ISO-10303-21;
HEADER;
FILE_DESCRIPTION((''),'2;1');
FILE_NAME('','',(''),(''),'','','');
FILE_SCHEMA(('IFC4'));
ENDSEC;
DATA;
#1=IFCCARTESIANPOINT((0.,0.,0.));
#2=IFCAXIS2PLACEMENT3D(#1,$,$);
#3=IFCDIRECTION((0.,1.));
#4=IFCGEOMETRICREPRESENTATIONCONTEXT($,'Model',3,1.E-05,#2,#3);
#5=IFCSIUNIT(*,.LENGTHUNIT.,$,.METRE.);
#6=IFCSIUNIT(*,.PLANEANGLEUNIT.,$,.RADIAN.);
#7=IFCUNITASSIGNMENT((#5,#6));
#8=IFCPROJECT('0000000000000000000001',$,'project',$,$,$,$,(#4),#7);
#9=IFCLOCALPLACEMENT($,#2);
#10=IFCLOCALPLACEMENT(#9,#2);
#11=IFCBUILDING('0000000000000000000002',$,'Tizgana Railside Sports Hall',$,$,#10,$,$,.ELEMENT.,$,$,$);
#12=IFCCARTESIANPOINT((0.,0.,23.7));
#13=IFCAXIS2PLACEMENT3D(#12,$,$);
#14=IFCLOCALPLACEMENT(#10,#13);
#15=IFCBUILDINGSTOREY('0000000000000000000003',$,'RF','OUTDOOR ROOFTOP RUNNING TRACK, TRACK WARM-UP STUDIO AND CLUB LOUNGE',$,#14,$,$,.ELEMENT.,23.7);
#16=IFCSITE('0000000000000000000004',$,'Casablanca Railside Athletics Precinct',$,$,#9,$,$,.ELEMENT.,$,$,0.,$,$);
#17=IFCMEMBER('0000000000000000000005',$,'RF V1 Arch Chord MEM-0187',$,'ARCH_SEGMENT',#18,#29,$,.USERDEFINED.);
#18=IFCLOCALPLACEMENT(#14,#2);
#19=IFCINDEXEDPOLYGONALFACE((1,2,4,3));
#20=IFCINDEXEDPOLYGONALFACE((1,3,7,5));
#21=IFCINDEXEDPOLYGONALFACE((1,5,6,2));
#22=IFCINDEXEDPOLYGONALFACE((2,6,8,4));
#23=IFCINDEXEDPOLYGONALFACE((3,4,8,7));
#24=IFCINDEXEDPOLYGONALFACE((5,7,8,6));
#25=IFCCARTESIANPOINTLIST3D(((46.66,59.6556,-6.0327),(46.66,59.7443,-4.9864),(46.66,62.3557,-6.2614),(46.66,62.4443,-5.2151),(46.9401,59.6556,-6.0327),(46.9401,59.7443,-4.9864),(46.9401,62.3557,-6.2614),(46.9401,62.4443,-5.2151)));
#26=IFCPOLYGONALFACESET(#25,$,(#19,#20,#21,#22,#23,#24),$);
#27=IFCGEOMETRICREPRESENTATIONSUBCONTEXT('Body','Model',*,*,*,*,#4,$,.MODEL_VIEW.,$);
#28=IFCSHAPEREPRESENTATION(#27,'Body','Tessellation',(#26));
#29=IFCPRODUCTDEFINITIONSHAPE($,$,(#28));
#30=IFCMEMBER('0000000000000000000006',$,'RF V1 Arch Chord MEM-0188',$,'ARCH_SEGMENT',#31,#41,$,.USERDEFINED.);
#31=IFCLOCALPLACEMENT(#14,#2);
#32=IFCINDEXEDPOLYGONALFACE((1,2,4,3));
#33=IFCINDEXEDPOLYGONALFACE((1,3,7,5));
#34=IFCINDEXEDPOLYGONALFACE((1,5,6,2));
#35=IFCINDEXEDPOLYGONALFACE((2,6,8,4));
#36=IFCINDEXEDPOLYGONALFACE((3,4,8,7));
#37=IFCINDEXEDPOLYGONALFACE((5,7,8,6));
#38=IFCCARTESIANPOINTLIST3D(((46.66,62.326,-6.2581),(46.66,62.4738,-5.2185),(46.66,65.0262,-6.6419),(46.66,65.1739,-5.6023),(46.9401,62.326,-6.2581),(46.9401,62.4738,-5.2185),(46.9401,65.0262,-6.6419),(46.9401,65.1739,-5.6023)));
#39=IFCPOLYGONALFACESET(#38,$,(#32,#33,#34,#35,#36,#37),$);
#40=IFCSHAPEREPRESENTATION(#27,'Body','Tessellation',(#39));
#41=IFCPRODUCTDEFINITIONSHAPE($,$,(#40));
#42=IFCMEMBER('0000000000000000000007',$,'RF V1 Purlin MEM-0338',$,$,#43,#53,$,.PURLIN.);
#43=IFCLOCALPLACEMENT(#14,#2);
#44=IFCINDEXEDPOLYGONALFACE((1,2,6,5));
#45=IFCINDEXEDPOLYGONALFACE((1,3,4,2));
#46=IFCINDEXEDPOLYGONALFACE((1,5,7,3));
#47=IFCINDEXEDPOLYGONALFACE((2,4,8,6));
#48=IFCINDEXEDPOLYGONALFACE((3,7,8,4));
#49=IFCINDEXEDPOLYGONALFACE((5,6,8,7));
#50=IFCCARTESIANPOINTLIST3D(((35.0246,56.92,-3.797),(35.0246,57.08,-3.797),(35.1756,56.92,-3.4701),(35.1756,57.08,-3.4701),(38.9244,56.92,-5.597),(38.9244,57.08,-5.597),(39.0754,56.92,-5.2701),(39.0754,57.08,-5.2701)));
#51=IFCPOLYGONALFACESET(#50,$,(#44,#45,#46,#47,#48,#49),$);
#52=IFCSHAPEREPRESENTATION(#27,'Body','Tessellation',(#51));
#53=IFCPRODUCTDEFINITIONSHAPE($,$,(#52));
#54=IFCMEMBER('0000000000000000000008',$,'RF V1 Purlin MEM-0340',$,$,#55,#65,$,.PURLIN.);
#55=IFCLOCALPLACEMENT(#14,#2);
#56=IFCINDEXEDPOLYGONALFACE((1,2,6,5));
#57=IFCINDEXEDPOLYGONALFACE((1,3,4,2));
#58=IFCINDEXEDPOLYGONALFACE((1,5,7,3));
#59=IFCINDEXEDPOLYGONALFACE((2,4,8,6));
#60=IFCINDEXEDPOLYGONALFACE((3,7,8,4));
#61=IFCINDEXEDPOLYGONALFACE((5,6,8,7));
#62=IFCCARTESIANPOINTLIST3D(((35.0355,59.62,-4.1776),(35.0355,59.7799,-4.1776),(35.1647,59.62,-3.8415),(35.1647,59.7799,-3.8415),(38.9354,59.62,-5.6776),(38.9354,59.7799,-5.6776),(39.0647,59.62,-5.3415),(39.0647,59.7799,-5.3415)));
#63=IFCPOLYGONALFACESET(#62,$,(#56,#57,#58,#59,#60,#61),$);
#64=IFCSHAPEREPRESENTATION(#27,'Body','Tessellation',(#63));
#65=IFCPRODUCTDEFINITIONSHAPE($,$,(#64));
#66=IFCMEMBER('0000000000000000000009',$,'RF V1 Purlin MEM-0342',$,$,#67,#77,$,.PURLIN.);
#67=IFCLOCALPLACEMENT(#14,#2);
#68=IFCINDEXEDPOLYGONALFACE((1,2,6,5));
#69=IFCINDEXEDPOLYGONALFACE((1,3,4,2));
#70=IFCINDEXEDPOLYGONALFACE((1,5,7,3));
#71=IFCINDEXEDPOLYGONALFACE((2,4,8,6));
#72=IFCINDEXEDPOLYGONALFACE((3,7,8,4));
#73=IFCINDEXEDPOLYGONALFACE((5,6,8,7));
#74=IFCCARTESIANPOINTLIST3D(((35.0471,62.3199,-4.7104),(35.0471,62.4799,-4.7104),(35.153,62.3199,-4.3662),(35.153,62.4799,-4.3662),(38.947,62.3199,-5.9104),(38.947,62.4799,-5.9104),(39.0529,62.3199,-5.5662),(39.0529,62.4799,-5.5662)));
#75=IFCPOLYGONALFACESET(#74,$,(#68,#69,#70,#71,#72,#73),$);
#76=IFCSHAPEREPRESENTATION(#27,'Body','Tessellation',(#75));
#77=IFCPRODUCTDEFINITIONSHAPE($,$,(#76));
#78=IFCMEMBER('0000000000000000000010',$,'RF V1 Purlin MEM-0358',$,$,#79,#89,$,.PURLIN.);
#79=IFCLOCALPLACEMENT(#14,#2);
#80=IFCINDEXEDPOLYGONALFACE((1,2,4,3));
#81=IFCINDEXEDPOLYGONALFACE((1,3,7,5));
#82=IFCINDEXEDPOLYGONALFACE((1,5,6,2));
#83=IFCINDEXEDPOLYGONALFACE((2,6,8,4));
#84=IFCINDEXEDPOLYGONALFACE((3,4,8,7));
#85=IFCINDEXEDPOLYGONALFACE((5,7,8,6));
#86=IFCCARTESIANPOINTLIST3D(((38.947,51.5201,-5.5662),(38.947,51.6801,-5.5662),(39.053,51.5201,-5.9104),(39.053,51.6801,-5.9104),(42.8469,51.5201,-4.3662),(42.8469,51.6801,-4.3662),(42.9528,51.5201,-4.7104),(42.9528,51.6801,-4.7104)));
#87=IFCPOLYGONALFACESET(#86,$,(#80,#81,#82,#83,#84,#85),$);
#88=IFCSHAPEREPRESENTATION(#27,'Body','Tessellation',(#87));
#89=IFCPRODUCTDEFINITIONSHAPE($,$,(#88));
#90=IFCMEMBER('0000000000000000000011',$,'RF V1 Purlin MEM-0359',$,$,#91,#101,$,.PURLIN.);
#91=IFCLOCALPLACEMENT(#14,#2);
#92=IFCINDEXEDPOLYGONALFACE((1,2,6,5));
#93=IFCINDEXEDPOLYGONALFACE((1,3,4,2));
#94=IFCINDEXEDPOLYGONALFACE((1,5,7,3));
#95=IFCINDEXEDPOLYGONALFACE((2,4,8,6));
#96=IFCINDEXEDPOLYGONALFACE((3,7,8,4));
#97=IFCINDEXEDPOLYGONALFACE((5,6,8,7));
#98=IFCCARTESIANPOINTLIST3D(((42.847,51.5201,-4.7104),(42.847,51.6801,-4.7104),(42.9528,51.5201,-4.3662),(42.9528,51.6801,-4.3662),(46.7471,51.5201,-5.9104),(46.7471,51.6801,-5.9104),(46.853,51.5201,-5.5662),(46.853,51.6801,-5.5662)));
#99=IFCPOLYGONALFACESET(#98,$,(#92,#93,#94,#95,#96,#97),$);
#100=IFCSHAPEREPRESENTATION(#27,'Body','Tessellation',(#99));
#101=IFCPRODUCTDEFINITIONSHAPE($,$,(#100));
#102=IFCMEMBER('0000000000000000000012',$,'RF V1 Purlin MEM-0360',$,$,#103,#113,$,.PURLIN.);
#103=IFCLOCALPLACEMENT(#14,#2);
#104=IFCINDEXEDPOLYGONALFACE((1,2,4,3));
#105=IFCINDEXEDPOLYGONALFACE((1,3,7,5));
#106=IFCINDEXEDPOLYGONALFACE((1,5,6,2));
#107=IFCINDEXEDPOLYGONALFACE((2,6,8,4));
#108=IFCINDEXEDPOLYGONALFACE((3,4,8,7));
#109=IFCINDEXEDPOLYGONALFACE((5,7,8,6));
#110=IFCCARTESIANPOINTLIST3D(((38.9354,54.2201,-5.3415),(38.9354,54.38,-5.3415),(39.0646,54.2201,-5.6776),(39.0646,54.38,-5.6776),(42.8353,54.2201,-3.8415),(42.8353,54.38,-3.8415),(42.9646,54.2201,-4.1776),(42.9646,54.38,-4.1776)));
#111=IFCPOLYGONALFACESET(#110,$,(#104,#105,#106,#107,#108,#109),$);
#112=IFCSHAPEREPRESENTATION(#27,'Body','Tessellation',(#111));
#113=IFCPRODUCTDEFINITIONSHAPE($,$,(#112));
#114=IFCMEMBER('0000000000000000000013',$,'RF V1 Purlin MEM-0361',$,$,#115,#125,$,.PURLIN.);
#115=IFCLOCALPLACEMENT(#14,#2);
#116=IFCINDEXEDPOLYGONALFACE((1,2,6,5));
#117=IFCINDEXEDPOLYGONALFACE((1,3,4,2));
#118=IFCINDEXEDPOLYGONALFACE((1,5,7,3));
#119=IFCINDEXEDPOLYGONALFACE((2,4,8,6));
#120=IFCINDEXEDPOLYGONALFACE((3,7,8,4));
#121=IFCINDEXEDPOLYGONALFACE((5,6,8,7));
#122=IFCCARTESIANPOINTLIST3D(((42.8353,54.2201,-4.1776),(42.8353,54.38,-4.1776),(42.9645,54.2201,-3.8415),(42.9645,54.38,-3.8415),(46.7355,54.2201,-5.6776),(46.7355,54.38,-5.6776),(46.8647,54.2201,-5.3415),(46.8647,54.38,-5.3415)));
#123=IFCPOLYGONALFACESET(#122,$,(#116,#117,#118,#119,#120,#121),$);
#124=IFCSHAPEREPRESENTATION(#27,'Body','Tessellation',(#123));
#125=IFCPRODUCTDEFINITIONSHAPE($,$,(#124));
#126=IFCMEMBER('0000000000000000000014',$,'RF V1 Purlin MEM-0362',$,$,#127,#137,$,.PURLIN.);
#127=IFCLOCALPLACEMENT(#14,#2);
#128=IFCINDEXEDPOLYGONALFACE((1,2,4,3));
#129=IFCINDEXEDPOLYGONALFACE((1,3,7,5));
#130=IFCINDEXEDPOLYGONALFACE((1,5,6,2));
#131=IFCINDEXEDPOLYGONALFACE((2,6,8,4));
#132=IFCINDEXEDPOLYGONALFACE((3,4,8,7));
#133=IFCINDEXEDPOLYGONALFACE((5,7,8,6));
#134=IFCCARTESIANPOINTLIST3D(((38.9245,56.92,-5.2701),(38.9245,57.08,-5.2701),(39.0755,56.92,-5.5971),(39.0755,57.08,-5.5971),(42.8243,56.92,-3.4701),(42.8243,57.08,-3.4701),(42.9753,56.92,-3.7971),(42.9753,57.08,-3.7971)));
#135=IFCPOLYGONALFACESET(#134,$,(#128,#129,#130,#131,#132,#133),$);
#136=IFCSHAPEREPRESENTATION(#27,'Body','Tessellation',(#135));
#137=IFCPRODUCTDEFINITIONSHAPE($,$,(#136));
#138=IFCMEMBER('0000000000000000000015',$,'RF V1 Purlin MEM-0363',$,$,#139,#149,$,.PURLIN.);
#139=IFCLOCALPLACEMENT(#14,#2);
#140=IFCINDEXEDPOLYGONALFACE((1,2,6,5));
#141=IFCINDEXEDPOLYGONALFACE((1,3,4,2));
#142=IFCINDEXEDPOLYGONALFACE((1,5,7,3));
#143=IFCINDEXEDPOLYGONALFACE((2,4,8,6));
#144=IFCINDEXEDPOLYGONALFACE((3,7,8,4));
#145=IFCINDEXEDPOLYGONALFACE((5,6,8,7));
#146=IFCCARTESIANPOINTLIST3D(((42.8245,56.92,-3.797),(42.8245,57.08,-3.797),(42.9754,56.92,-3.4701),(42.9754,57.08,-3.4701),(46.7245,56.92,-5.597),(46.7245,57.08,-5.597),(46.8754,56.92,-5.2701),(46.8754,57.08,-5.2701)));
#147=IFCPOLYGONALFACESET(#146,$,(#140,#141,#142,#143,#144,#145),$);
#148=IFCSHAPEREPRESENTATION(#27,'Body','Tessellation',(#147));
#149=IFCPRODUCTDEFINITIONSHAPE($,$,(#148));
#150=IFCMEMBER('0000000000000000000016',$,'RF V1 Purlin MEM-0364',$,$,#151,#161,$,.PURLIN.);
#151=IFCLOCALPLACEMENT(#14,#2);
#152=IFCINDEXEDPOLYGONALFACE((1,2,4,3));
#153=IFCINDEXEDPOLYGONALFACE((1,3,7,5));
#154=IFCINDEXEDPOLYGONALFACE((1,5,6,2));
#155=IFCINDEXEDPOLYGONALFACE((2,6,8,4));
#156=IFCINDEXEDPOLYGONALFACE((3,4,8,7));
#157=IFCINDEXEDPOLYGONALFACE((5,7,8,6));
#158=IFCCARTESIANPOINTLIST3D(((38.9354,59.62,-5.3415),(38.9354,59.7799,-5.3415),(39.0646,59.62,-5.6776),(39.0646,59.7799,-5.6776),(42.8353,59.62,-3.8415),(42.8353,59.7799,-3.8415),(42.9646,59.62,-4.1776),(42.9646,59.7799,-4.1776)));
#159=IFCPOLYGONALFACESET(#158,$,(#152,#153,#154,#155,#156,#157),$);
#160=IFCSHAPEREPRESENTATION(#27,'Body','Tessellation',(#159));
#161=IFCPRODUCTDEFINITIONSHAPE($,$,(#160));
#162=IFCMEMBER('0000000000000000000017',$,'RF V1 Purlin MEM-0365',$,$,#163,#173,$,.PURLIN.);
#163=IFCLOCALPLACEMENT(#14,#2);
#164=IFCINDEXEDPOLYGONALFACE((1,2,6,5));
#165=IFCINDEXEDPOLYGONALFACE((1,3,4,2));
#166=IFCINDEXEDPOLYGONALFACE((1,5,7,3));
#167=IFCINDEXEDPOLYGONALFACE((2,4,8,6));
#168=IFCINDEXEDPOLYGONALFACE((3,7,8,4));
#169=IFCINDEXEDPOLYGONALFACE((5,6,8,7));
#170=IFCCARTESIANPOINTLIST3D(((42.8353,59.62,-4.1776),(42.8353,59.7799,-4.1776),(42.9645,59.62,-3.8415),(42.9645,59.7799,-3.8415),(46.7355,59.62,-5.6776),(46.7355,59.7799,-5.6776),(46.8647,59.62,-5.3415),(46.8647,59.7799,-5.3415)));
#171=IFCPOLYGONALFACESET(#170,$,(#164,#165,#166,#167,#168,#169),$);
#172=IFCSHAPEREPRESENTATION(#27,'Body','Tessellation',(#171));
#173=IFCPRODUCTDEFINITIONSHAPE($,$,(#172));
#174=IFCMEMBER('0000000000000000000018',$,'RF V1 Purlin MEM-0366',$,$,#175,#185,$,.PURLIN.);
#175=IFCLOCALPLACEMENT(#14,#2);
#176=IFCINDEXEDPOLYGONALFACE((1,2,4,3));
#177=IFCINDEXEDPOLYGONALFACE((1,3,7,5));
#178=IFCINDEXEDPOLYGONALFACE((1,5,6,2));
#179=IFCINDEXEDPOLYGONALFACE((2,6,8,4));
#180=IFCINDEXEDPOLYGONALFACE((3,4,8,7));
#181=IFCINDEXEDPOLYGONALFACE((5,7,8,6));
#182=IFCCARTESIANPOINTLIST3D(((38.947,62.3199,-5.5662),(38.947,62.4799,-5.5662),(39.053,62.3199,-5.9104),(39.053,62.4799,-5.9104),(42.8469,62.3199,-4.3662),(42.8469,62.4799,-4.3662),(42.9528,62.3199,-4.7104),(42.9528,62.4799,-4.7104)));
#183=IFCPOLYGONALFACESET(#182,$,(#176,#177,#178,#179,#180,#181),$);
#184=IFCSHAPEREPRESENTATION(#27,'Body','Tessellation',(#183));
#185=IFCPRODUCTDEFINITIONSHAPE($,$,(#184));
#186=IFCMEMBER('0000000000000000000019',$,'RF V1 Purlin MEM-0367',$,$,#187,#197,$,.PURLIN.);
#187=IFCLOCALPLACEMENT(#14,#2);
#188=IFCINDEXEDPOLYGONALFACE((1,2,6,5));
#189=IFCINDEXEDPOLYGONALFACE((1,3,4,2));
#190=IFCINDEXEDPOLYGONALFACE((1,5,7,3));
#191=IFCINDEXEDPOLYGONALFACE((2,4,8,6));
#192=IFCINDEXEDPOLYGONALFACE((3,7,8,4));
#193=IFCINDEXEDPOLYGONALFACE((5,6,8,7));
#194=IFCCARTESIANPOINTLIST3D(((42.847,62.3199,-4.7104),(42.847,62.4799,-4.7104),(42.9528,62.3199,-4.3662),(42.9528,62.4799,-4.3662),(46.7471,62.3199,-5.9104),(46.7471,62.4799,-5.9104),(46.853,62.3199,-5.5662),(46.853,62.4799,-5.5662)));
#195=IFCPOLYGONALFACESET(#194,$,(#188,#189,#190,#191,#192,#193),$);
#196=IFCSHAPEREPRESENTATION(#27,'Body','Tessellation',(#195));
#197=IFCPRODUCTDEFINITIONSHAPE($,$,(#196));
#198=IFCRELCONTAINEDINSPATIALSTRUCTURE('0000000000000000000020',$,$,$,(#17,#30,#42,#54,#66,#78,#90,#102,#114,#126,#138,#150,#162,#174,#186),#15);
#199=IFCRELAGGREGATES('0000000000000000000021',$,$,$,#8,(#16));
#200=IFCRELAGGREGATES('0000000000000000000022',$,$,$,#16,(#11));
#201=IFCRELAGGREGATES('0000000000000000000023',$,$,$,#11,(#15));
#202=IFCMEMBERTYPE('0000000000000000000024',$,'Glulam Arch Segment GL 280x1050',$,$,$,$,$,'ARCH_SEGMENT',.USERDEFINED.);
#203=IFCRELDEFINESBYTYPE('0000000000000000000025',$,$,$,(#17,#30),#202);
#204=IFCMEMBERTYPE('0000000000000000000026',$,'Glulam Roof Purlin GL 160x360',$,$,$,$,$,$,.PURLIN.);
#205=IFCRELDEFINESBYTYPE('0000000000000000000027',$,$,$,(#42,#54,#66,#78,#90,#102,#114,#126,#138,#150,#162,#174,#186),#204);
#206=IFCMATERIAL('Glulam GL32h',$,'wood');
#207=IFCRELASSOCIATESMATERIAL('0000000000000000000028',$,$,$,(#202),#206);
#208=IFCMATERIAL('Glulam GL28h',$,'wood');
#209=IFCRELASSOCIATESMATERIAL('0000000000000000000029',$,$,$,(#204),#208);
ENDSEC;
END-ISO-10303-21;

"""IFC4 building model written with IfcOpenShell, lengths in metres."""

from ifc_helpers import new_model, si_unit, direction, frame, origin, origin_2d, place, context, subcontext, project, spatial, rectangle, extrude, material, material_profile, profile_set, type_object, element, save


model = new_model("IFC4")

# Units and contexts
model_context = context("Model", 3, precision=1e-05, world=origin(), true_north=direction((0.0, 1.0)))
body_context = subcontext(model_context, "Body", "Model", "MODEL_VIEW")
ifc_project = project(units=[si_unit("LENGTHUNIT", "METRE"), si_unit("PLANEANGLEUNIT", "RADIAN")], contexts=[model_context])

# Site, building, storey
site_placement = place(None, origin())
site = spatial("IfcSite", under=ifc_project, at=site_placement, Name="Casablanca Railside Athletics Precinct", CompositionType="ELEMENT", RefElevation=0.0)
building_placement = place(site_placement, origin())
building = spatial("IfcBuilding", under=site, at=building_placement, Name="Tizgana Railside Sports Hall", CompositionType="ELEMENT")
storey_placement = place(building_placement, frame((0.0, 0.0, 23.7)))
storey = spatial("IfcBuildingStorey", under=building, at=storey_placement, Name="RF", Description="OUTDOOR ROOFTOP RUNNING TRACK, TRACK WARM-UP STUDIO AND CLUB LOUNGE", CompositionType="ELEMENT", Elevation=23.7)

# Members
ifc_material_1 = material(Name="Glulam GL32h", Category="wood")
ifc_material_profile_1 = material_profile(ifc_material_1, rectangle(XDim=0.28, YDim=1.05, at=origin_2d()), Name="GL 280x1050")
ifc_profile_set_1 = profile_set([ifc_material_profile_1], Name="Glulam GL32h")
member_type_1 = type_object("IfcMemberType", Name="Glulam Arch Segment GL 280x1050", ElementType="ARCH_SEGMENT", PredefinedType="USERDEFINED", material=ifc_profile_set_1)
member_1_placement = place(storey_placement, frame((46.8, 59.7, -5.5095), z_axis=(0.0, 0.99643, -0.084425), x_axis=(-1.0, 0.0, 0.0)))
element("IfcMember", 1, at=member_1_placement, inside=storey, type_object=member_type_1, Name="RF V1 Arch Chord MEM-0187", ObjectType="ARCH_SEGMENT", PredefinedType="USERDEFINED", context=body_context, shape_type="SweptSolid", body=[
    extrude(rectangle(XDim=0.28, YDim=1.05, at=origin_2d()), origin(), (0.0, 0.0, 1.0), 2.7097),
])
member_2_placement = place(storey_placement, frame((46.8, 62.3999, -5.7383), z_axis=(0.0, 0.99005, -0.14072), x_axis=(-1.0, 0.0, 0.0)))
element("IfcMember", 2, at=member_2_placement, inside=storey, type_object=member_type_1, Name="RF V1 Arch Chord MEM-0188", ObjectType="ARCH_SEGMENT", PredefinedType="USERDEFINED", context=body_context, shape_type="SweptSolid", body=[
    extrude(rectangle(XDim=0.28, YDim=1.05, at=origin_2d()), origin(), (0.0, 0.0, 1.0), 2.7273),
])
ifc_material_2 = material(Name="Glulam GL28h", Category="wood")
ifc_material_profile_2 = material_profile(ifc_material_2, rectangle(XDim=0.1599, YDim=0.3601, at=origin_2d()), Name="GL 160x360")
ifc_profile_set_2 = profile_set([ifc_material_profile_2], Name="Glulam GL28h")
member_type_2 = type_object("IfcMemberType", Name="Glulam Roof Purlin GL 160x360", PredefinedType="PURLIN", material=ifc_profile_set_2)
member_3_placement = place(storey_placement, frame((35.1001, 57.0, -3.6335), z_axis=(0.907951, 0.0, -0.419076), x_axis=(0.0, 1.0, 0.0)))
element("IfcMember", 3, at=member_3_placement, inside=storey, type_object=member_type_2, Name="RF V1 Purlin MEM-0338", PredefinedType="PURLIN", context=body_context, shape_type="SweptSolid", body=[
    extrude(rectangle(XDim=0.1599, YDim=0.3601, at=origin_2d()), origin(), (0.0, 0.0, 1.0), 4.2952),
])
member_4_placement = place(storey_placement, frame((35.1001, 59.7, -4.0095), z_axis=(0.933343, 0.0, -0.358987), x_axis=(0.0, 1.0, 0.0)))
element("IfcMember", 4, at=member_4_placement, inside=storey, type_object=member_type_2, Name="RF V1 Purlin MEM-0340", PredefinedType="PURLIN", context=body_context, shape_type="SweptSolid", body=[
    extrude(rectangle(XDim=0.1599, YDim=0.3601, at=origin_2d()), origin(), (0.0, 0.0, 1.0), 4.1785),
])
for number, where, z_axis, x_axis, name in (
    (5, (35.1001, 62.3999, -4.5383), (0.95578, 0.0, -0.294082), (0.0, 1.0, 0.0), "RF V1 Purlin MEM-0342"),
    (6, (39.0, 51.6001, -5.7383), (0.95578, 0.0, 0.294082), (0.0, 1.0, 0.0), "RF V1 Purlin MEM-0358"),
):
    element("IfcMember", number, at=place(storey_placement, frame(where, z_axis=z_axis, x_axis=x_axis)), inside=storey, type_object=member_type_2, Name=name, PredefinedType="PURLIN", context=body_context, shape_type="SweptSolid", body=[
        extrude(rectangle(XDim=0.1599, YDim=0.3601, at=origin_2d()), origin(), (0.0, 0.0, 1.0), 4.0803),
    ])
member_5_placement = place(storey_placement, frame((42.8999, 51.6001, -4.5383), z_axis=(0.955785, 0.0, -0.294065), x_axis=(0.0, 1.0, 0.0)))
element("IfcMember", 7, at=member_5_placement, inside=storey, type_object=member_type_2, Name="RF V1 Purlin MEM-0359", PredefinedType="PURLIN", context=body_context, shape_type="SweptSolid", body=[
    extrude(rectangle(XDim=0.1599, YDim=0.3601, at=origin_2d()), origin(), (0.0, 0.0, 1.0), 4.0806),
])
member_6_placement = place(storey_placement, frame((39.0, 54.3, -5.5095), z_axis=(0.933343, 0.0, 0.358987), x_axis=(0.0, 1.0, 0.0)))
element("IfcMember", 8, at=member_6_placement, inside=storey, type_object=member_type_2, Name="RF V1 Purlin MEM-0360", PredefinedType="PURLIN", context=body_context, shape_type="SweptSolid", body=[
    extrude(rectangle(XDim=0.1599, YDim=0.3601, at=origin_2d()), origin(), (0.0, 0.0, 1.0), 4.1785),
])
member_7_placement = place(storey_placement, frame((42.8999, 54.3, -4.0095), z_axis=(0.93335, 0.0, -0.358967), x_axis=(0.0, 1.0, 0.0)))
element("IfcMember", 9, at=member_7_placement, inside=storey, type_object=member_type_2, Name="RF V1 Purlin MEM-0361", PredefinedType="PURLIN", context=body_context, shape_type="SweptSolid", body=[
    extrude(rectangle(XDim=0.1599, YDim=0.3601, at=origin_2d()), origin(), (0.0, 0.0, 1.0), 4.1787),
])
member_8_placement = place(storey_placement, frame((39.0, 57.0, -5.4336), z_axis=(0.907951, 0.0, 0.419076), x_axis=(0.0, 1.0, 0.0)))
element("IfcMember", 10, at=member_8_placement, inside=storey, type_object=member_type_2, Name="RF V1 Purlin MEM-0362", PredefinedType="PURLIN", context=body_context, shape_type="SweptSolid", body=[
    extrude(rectangle(XDim=0.1599, YDim=0.3601, at=origin_2d()), origin(), (0.0, 0.0, 1.0), 4.2952),
])
member_9_placement = place(storey_placement, frame((42.8999, 57.0, -3.6335), z_axis=(0.907961, 0.0, -0.419055), x_axis=(0.0, 1.0, 0.0)))
element("IfcMember", 11, at=member_9_placement, inside=storey, type_object=member_type_2, Name="RF V1 Purlin MEM-0363", PredefinedType="PURLIN", context=body_context, shape_type="SweptSolid", body=[
    extrude(rectangle(XDim=0.1599, YDim=0.3601, at=origin_2d()), origin(), (0.0, 0.0, 1.0), 4.2954),
])
member_10_placement = place(storey_placement, frame((39.0, 59.7, -5.5095), z_axis=(0.933343, 0.0, 0.358987), x_axis=(0.0, 1.0, 0.0)))
element("IfcMember", 12, at=member_10_placement, inside=storey, type_object=member_type_2, Name="RF V1 Purlin MEM-0364", PredefinedType="PURLIN", context=body_context, shape_type="SweptSolid", body=[
    extrude(rectangle(XDim=0.1599, YDim=0.3601, at=origin_2d()), origin(), (0.0, 0.0, 1.0), 4.1785),
])
member_11_placement = place(storey_placement, frame((42.8999, 59.7, -4.0095), z_axis=(0.93335, 0.0, -0.358967), x_axis=(0.0, 1.0, 0.0)))
element("IfcMember", 13, at=member_11_placement, inside=storey, type_object=member_type_2, Name="RF V1 Purlin MEM-0365", PredefinedType="PURLIN", context=body_context, shape_type="SweptSolid", body=[
    extrude(rectangle(XDim=0.1599, YDim=0.3601, at=origin_2d()), origin(), (0.0, 0.0, 1.0), 4.1787),
])
member_12_placement = place(storey_placement, frame((39.0, 62.3999, -5.7383), z_axis=(0.95578, 0.0, 0.294082), x_axis=(0.0, 1.0, 0.0)))
element("IfcMember", 14, at=member_12_placement, inside=storey, type_object=member_type_2, Name="RF V1 Purlin MEM-0366", PredefinedType="PURLIN", context=body_context, shape_type="SweptSolid", body=[
    extrude(rectangle(XDim=0.1599, YDim=0.3601, at=origin_2d()), origin(), (0.0, 0.0, 1.0), 4.0803),
])
member_13_placement = place(storey_placement, frame((42.8999, 62.3999, -4.5383), z_axis=(0.955785, 0.0, -0.294065), x_axis=(0.0, 1.0, 0.0)))
element("IfcMember", 15, at=member_13_placement, inside=storey, type_object=member_type_2, Name="RF V1 Purlin MEM-0367", PredefinedType="PURLIN", context=body_context, shape_type="SweptSolid", body=[
    extrude(rectangle(XDim=0.1599, YDim=0.3601, at=origin_2d()), origin(), (0.0, 0.0, 1.0), 4.0806),
])

save(model, "model.ifc")
